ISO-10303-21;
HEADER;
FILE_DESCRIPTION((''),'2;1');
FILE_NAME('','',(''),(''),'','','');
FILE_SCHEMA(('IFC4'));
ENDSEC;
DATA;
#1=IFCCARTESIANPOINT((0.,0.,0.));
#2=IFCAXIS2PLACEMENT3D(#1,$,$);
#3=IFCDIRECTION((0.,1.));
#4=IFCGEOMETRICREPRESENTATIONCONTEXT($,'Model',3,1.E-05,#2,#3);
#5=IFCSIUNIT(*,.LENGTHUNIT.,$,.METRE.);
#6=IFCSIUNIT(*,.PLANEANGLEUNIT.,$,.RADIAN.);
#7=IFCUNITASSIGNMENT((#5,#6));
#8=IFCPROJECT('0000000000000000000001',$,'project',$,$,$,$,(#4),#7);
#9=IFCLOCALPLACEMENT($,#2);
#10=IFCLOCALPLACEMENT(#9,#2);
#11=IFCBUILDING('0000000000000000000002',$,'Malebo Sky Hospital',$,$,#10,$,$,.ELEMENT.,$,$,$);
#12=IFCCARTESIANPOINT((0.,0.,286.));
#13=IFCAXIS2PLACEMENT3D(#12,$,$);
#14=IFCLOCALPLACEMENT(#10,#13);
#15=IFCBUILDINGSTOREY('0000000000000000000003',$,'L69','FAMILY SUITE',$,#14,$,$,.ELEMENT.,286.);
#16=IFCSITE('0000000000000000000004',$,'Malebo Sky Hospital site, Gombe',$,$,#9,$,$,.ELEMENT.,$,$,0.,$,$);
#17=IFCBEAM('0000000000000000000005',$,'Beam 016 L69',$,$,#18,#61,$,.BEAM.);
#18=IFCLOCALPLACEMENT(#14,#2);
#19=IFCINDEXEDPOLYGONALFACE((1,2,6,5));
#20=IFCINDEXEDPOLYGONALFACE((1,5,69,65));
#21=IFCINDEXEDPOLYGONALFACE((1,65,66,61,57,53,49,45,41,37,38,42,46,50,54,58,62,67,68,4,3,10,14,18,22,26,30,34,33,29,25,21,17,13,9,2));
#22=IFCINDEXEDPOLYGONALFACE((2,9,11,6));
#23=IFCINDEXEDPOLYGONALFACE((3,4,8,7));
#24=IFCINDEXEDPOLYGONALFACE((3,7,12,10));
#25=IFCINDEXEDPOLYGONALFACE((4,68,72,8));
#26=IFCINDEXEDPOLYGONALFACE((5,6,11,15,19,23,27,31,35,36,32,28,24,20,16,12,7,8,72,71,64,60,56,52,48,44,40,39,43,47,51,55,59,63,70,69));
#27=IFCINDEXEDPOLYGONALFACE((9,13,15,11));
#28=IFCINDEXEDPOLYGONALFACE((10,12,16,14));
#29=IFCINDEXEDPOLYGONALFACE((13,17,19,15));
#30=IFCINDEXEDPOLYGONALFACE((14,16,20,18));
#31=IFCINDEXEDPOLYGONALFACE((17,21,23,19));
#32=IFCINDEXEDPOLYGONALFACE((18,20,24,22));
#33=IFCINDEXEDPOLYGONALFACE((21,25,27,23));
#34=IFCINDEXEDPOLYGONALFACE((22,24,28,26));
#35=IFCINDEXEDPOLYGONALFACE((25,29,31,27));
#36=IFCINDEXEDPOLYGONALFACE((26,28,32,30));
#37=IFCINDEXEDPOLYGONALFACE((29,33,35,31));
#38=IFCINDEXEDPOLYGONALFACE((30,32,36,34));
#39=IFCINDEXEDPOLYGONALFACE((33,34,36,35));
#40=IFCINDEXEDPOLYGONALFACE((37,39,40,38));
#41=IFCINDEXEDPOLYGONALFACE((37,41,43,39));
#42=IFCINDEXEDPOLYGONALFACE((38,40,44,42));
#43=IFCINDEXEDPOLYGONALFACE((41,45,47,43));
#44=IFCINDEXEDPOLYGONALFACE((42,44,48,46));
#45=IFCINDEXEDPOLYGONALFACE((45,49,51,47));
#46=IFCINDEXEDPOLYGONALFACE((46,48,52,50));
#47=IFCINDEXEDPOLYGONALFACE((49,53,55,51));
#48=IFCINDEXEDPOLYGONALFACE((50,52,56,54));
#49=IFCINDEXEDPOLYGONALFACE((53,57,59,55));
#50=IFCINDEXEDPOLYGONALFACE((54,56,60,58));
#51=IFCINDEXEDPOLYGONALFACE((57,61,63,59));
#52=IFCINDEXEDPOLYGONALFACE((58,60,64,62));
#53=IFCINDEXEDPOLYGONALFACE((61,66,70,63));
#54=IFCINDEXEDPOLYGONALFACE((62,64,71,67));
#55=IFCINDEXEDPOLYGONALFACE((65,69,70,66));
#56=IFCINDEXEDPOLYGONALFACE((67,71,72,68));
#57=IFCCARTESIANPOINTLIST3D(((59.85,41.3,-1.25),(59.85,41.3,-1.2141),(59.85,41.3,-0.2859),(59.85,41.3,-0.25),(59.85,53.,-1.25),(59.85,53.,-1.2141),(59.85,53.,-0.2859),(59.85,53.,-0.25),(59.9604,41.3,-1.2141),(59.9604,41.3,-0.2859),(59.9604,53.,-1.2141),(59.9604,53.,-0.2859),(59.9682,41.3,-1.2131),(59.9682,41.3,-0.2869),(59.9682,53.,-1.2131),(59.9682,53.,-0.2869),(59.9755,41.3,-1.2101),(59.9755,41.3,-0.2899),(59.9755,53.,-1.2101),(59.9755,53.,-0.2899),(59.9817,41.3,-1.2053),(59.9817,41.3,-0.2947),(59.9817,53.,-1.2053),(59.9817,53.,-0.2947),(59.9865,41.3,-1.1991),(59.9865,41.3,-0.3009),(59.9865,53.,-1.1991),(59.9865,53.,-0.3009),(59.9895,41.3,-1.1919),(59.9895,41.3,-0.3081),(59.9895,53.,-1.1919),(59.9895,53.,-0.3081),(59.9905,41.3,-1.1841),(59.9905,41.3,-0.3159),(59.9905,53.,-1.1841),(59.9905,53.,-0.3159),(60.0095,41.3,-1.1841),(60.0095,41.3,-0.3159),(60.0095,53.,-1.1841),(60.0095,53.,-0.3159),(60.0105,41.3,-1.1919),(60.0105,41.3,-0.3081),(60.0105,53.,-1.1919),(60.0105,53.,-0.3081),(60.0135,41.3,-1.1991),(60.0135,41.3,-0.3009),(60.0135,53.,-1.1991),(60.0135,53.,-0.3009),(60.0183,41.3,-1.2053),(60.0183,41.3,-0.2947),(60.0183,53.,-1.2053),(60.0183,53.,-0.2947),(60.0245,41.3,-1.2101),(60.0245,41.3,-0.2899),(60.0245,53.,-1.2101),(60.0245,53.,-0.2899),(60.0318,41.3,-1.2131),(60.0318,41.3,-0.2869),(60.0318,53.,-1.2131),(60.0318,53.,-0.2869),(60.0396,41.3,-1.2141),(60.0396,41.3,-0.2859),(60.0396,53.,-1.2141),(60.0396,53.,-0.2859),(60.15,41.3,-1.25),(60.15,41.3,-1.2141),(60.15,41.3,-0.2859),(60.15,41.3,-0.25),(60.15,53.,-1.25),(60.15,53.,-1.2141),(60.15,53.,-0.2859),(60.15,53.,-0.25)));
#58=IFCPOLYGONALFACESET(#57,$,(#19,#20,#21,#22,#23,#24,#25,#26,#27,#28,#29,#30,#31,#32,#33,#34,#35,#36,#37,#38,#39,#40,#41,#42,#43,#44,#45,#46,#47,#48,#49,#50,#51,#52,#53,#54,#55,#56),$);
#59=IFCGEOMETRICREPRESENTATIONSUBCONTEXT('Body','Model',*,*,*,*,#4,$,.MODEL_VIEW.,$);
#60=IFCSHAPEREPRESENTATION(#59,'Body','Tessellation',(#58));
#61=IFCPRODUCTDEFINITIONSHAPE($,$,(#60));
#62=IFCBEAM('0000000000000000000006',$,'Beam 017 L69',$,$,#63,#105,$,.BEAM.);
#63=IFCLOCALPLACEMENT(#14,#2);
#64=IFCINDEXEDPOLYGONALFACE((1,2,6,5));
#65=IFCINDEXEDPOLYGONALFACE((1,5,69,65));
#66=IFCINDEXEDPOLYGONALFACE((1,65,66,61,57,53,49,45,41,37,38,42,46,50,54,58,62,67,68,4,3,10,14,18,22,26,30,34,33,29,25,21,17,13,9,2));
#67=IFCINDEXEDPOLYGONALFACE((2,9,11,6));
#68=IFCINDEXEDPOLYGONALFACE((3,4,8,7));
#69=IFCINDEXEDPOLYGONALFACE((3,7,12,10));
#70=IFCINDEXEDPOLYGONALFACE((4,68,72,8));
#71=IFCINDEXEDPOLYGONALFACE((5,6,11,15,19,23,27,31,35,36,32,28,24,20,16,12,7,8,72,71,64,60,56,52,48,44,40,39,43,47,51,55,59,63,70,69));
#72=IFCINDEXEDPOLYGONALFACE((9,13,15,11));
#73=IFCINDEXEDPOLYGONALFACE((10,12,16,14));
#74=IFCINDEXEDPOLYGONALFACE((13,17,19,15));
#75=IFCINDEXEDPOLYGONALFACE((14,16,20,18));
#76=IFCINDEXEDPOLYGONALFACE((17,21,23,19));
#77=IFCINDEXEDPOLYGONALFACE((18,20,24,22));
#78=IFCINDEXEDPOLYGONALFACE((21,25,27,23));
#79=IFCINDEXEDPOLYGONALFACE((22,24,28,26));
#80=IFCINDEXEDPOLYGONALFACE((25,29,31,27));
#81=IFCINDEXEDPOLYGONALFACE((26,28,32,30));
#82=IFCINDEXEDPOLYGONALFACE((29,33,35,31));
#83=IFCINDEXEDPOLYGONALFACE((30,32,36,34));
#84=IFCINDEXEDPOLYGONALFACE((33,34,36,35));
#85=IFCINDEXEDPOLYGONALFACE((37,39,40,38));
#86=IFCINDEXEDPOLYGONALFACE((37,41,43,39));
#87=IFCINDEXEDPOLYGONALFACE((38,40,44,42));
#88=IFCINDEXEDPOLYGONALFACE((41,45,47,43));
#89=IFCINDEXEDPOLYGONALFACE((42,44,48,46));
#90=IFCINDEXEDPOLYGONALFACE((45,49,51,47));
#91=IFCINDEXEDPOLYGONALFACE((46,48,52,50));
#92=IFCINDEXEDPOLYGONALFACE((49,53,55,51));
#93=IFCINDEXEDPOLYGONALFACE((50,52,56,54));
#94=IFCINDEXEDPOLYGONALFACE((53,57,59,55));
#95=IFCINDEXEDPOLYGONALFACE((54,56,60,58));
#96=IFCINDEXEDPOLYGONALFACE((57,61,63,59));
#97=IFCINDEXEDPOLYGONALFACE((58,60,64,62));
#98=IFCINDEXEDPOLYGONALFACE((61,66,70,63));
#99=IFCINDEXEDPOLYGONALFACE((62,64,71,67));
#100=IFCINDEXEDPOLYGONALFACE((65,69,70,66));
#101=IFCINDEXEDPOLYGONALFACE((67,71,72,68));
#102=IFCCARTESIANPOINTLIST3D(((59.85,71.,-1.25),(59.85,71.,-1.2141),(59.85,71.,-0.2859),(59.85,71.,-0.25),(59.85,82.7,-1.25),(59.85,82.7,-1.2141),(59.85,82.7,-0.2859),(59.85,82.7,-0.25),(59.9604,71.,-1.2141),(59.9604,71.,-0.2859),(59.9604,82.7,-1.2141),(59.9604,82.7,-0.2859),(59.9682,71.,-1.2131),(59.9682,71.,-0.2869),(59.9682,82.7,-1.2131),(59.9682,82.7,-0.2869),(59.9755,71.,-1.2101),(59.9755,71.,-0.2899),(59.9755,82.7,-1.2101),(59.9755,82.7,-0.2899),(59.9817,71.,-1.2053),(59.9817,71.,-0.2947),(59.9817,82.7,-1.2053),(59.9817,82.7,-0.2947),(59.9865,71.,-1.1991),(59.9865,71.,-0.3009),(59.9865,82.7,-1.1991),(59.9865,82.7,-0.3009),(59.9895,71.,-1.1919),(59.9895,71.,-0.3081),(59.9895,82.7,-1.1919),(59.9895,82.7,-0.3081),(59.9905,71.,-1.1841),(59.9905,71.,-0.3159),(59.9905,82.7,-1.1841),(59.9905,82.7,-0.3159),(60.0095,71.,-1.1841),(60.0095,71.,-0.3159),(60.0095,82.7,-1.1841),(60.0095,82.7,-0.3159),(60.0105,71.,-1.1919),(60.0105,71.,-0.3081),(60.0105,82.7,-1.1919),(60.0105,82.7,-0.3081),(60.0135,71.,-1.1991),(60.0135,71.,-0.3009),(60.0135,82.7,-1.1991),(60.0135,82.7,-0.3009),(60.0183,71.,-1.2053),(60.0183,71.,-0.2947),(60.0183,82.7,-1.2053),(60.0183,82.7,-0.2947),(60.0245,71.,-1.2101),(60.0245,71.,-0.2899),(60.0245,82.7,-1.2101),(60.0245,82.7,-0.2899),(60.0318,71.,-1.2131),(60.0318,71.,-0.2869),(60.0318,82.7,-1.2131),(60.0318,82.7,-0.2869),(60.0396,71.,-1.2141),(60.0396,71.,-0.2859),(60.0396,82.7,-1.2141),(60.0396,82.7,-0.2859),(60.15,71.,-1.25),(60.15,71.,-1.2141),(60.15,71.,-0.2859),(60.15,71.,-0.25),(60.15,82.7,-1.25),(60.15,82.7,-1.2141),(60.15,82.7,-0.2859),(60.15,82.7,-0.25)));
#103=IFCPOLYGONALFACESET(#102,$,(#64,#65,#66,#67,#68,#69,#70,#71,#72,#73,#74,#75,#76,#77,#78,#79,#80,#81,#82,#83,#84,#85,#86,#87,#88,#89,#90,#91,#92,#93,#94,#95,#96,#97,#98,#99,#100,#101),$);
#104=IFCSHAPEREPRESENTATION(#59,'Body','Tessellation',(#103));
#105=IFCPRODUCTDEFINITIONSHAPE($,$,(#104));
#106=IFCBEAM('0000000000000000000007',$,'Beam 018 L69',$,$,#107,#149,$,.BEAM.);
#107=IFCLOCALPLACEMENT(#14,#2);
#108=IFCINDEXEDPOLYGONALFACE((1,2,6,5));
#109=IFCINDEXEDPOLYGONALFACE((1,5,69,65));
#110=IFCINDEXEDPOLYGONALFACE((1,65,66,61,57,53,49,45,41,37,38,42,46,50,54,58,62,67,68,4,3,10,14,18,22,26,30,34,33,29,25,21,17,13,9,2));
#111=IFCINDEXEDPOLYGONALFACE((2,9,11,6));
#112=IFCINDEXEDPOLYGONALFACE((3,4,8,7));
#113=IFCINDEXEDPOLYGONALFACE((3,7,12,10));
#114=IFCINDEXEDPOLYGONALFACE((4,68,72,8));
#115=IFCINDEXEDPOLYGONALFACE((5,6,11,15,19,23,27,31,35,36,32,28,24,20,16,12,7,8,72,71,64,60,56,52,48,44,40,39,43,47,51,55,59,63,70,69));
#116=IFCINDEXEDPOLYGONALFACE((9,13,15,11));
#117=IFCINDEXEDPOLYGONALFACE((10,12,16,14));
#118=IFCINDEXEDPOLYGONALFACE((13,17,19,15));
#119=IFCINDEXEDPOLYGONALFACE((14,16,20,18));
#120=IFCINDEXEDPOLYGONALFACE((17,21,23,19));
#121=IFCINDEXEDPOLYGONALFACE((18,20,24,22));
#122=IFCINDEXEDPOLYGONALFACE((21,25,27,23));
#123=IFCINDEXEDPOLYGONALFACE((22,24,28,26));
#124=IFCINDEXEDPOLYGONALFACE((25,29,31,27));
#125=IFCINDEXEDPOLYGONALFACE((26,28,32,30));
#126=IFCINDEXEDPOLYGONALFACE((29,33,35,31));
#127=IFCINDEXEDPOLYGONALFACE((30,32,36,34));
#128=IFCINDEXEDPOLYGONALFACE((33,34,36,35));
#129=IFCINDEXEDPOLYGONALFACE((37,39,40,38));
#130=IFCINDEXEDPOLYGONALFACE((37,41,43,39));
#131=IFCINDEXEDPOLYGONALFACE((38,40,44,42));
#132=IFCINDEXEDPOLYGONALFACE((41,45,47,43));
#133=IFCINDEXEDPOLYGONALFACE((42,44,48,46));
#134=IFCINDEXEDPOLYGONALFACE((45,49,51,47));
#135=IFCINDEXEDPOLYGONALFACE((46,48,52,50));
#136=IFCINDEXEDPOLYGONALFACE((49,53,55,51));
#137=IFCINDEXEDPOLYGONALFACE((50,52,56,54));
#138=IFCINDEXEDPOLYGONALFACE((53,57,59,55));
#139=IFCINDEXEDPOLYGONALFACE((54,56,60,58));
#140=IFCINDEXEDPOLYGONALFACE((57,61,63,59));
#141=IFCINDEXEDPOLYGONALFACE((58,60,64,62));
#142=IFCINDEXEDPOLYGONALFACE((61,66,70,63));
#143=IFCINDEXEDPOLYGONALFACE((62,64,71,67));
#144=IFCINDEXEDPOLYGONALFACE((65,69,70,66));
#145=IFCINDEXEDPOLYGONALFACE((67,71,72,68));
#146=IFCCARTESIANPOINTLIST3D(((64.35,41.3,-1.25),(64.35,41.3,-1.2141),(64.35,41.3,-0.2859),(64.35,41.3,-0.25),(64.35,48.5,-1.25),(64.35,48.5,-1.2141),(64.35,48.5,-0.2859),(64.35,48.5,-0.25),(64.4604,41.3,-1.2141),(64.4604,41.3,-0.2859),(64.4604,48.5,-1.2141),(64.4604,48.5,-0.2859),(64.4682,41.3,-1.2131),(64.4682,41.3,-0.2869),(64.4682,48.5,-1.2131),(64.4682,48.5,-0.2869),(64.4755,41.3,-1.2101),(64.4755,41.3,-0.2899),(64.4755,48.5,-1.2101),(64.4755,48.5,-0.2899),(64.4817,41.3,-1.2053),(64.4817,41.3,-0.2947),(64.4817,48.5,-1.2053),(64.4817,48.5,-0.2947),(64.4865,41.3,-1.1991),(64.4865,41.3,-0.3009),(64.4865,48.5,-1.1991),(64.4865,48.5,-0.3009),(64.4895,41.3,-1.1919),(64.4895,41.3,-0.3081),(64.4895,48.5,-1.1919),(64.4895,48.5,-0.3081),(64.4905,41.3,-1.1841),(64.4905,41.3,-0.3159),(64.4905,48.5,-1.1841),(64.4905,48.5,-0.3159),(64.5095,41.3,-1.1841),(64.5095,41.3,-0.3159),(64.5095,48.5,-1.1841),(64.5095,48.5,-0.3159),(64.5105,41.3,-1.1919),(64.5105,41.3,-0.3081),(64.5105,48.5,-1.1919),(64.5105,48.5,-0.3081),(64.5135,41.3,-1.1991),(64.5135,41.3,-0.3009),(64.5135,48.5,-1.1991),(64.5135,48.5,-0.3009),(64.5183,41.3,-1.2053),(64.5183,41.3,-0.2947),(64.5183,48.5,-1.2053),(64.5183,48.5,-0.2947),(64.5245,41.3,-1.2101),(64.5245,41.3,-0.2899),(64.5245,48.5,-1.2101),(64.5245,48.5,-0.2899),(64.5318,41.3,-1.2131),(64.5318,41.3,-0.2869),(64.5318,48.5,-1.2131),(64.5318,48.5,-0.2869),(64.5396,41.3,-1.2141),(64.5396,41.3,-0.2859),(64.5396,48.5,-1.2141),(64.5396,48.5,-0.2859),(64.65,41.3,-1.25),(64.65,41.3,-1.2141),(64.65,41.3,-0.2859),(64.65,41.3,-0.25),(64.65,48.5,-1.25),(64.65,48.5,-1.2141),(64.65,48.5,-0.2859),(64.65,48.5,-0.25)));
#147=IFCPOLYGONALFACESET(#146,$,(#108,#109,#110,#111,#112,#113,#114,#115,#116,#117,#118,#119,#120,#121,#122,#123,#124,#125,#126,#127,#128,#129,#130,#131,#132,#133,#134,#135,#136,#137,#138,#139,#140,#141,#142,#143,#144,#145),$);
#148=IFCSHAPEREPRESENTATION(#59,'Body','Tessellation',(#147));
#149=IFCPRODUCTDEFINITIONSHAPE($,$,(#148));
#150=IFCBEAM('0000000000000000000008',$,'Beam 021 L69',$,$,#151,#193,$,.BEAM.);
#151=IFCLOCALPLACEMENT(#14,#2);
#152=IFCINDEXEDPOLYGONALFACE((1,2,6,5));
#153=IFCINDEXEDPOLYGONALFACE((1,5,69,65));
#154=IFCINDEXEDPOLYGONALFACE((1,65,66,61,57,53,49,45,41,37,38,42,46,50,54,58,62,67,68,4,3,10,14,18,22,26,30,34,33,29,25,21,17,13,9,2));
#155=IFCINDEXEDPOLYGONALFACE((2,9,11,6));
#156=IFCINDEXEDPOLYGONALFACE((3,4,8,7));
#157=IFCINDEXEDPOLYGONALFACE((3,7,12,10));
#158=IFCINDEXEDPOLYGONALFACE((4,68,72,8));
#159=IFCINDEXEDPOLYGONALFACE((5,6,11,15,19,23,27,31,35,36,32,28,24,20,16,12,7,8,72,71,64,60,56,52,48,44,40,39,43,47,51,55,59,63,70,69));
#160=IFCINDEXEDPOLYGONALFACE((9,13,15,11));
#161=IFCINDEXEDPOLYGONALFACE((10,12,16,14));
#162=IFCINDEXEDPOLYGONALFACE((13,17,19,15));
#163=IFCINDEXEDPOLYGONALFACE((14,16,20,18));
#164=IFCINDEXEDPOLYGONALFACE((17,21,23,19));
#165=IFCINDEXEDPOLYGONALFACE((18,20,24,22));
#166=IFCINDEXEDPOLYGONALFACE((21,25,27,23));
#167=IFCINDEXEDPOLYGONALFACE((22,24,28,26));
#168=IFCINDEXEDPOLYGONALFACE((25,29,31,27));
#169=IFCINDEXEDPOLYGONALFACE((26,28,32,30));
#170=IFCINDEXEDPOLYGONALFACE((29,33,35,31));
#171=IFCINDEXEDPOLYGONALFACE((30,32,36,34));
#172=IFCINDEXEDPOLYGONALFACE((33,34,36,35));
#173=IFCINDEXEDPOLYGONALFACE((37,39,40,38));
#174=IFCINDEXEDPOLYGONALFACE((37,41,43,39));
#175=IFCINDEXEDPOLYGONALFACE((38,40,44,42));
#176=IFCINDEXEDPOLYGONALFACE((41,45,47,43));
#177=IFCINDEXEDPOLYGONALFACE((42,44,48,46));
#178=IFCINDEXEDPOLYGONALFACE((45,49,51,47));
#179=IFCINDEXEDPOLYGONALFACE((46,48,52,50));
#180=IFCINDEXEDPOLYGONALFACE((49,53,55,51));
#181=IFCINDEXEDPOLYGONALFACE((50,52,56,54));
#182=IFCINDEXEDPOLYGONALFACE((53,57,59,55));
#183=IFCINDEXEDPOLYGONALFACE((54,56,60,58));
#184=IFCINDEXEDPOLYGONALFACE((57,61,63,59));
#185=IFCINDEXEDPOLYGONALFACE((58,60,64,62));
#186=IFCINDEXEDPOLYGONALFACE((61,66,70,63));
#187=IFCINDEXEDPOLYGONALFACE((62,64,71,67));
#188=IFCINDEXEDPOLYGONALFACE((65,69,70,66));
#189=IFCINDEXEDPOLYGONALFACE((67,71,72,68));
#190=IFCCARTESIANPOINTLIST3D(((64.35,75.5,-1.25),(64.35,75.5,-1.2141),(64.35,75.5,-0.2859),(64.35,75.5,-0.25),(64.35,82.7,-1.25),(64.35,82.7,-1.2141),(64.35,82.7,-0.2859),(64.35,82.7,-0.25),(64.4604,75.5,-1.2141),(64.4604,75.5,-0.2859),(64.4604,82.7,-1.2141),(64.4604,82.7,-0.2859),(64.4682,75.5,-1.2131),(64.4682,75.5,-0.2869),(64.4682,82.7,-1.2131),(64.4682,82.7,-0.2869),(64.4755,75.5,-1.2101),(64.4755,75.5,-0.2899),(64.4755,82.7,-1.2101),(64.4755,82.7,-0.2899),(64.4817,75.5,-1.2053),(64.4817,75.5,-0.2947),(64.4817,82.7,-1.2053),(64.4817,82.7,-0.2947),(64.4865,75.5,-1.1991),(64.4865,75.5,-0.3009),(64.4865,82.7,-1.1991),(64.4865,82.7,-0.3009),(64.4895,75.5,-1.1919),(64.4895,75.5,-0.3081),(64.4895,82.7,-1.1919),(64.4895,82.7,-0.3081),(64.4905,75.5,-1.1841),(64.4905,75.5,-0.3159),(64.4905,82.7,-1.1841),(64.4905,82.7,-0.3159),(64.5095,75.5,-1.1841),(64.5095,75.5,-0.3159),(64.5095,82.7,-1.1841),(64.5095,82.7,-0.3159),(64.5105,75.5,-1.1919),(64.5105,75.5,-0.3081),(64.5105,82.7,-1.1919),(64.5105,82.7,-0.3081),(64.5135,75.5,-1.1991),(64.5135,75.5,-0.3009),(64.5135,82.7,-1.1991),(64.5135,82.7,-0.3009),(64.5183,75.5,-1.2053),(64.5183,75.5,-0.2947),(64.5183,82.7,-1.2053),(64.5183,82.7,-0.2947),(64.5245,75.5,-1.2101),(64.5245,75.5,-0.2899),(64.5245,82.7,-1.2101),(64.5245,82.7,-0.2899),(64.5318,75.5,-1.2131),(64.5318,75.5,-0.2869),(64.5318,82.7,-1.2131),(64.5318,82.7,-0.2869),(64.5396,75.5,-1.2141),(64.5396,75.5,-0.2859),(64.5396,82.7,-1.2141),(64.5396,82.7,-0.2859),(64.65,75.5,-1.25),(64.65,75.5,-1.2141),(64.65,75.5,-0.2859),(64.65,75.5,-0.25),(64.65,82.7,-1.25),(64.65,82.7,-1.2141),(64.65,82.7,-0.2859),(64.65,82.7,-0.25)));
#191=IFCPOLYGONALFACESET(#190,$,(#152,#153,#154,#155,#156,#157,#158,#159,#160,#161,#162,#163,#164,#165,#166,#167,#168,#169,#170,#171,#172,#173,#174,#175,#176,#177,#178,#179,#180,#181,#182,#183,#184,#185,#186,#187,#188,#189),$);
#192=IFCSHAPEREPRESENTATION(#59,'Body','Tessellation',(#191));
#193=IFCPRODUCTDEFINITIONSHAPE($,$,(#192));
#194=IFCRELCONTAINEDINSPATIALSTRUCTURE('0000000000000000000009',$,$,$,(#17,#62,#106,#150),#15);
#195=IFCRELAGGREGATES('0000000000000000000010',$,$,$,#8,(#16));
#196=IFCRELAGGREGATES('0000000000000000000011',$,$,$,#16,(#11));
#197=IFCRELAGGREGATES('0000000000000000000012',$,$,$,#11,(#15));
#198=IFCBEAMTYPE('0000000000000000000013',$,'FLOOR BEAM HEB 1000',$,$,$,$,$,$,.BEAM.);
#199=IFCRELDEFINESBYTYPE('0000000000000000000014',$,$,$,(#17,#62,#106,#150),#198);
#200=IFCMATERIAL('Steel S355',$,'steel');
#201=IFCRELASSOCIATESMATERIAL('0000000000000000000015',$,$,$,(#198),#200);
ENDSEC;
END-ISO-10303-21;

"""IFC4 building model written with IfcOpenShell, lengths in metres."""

from ifc_helpers import new_model, si_unit, direction, frame, origin, origin_2d, place, context, subcontext, project, spatial, i_section, extrude, material, material_profile, profile_set, type_object, element, save


model = new_model("IFC4")

# Units and contexts
model_context = context("Model", 3, precision=1e-05, world=origin(), true_north=direction((0.0, 1.0)))
body_context = subcontext(model_context, "Body", "Model", "MODEL_VIEW")
ifc_project = project(units=[si_unit("LENGTHUNIT", "METRE"), si_unit("PLANEANGLEUNIT", "RADIAN")], contexts=[model_context])

# Site, building, storey
site_placement = place(None, origin())
site = spatial("IfcSite", under=ifc_project, at=site_placement, Name="Malebo Sky Hospital site, Gombe", CompositionType="ELEMENT", RefElevation=0.0)
building_placement = place(site_placement, origin())
building = spatial("IfcBuilding", under=site, at=building_placement, Name="Malebo Sky Hospital", CompositionType="ELEMENT")
storey_placement = place(building_placement, frame((0.0, 0.0, 286.0)))
storey = spatial("IfcBuildingStorey", under=building, at=storey_placement, Name="L69", Description="FAMILY SUITE", CompositionType="ELEMENT", Elevation=286.0)

# Beams
ifc_material = material(Name="Steel S355", Category="steel")
ifc_material_profile_1 = material_profile(ifc_material, i_section(OverallWidth=0.3, OverallDepth=1.0, WebThickness=0.019, FlangeThickness=0.0359, FilletRadius=0.03, at=origin_2d()), Name="HEB 1000")
ifc_profile_set_1 = profile_set([ifc_material_profile_1], Name="Steel S355")
beam_type_1 = type_object("IfcBeamType", Name="FLOOR BEAM HEB 1000", PredefinedType="BEAM", material=ifc_profile_set_1)
for number, where, z_axis, x_axis, name in (
    (1, (60.0, 41.3, -0.75), (0.0, 1.0, 0.0), (-1.0, 0.0, 0.0), "Beam 016 L69"),
    (2, (60.0, 71.0, -0.75), (0.0, 1.0, 0.0), (-1.0, 0.0, 0.0), "Beam 017 L69"),
):
    element("IfcBeam", number, at=place(storey_placement, frame(where, z_axis=z_axis, x_axis=x_axis)), inside=storey, type_object=beam_type_1, Name=name, PredefinedType="BEAM", context=body_context, shape_type="SweptSolid", body=[
        extrude(i_section(OverallWidth=0.3, OverallDepth=1.0, WebThickness=0.019, FlangeThickness=0.0359, FilletRadius=0.03, at=origin_2d()), origin(), (0.0, 0.0, 1.0), 11.7),
    ])
for number, where, z_axis, x_axis, name in (
    (3, (64.5, 41.3, -0.75), (0.0, 1.0, 0.0), (-1.0, 0.0, 0.0), "Beam 018 L69"),
    (4, (64.5, 75.5, -0.75), (0.0, 1.0, 0.0), (-1.0, 0.0, 0.0), "Beam 021 L69"),
):
    element("IfcBeam", number, at=place(storey_placement, frame(where, z_axis=z_axis, x_axis=x_axis)), inside=storey, type_object=beam_type_1, Name=name, PredefinedType="BEAM", context=body_context, shape_type="SweptSolid", body=[
        extrude(i_section(OverallWidth=0.3, OverallDepth=1.0, WebThickness=0.019, FlangeThickness=0.0359, FilletRadius=0.03, at=origin_2d()), origin(), (0.0, 0.0, 1.0), 7.2),
    ])

save(model, "model.ifc")
